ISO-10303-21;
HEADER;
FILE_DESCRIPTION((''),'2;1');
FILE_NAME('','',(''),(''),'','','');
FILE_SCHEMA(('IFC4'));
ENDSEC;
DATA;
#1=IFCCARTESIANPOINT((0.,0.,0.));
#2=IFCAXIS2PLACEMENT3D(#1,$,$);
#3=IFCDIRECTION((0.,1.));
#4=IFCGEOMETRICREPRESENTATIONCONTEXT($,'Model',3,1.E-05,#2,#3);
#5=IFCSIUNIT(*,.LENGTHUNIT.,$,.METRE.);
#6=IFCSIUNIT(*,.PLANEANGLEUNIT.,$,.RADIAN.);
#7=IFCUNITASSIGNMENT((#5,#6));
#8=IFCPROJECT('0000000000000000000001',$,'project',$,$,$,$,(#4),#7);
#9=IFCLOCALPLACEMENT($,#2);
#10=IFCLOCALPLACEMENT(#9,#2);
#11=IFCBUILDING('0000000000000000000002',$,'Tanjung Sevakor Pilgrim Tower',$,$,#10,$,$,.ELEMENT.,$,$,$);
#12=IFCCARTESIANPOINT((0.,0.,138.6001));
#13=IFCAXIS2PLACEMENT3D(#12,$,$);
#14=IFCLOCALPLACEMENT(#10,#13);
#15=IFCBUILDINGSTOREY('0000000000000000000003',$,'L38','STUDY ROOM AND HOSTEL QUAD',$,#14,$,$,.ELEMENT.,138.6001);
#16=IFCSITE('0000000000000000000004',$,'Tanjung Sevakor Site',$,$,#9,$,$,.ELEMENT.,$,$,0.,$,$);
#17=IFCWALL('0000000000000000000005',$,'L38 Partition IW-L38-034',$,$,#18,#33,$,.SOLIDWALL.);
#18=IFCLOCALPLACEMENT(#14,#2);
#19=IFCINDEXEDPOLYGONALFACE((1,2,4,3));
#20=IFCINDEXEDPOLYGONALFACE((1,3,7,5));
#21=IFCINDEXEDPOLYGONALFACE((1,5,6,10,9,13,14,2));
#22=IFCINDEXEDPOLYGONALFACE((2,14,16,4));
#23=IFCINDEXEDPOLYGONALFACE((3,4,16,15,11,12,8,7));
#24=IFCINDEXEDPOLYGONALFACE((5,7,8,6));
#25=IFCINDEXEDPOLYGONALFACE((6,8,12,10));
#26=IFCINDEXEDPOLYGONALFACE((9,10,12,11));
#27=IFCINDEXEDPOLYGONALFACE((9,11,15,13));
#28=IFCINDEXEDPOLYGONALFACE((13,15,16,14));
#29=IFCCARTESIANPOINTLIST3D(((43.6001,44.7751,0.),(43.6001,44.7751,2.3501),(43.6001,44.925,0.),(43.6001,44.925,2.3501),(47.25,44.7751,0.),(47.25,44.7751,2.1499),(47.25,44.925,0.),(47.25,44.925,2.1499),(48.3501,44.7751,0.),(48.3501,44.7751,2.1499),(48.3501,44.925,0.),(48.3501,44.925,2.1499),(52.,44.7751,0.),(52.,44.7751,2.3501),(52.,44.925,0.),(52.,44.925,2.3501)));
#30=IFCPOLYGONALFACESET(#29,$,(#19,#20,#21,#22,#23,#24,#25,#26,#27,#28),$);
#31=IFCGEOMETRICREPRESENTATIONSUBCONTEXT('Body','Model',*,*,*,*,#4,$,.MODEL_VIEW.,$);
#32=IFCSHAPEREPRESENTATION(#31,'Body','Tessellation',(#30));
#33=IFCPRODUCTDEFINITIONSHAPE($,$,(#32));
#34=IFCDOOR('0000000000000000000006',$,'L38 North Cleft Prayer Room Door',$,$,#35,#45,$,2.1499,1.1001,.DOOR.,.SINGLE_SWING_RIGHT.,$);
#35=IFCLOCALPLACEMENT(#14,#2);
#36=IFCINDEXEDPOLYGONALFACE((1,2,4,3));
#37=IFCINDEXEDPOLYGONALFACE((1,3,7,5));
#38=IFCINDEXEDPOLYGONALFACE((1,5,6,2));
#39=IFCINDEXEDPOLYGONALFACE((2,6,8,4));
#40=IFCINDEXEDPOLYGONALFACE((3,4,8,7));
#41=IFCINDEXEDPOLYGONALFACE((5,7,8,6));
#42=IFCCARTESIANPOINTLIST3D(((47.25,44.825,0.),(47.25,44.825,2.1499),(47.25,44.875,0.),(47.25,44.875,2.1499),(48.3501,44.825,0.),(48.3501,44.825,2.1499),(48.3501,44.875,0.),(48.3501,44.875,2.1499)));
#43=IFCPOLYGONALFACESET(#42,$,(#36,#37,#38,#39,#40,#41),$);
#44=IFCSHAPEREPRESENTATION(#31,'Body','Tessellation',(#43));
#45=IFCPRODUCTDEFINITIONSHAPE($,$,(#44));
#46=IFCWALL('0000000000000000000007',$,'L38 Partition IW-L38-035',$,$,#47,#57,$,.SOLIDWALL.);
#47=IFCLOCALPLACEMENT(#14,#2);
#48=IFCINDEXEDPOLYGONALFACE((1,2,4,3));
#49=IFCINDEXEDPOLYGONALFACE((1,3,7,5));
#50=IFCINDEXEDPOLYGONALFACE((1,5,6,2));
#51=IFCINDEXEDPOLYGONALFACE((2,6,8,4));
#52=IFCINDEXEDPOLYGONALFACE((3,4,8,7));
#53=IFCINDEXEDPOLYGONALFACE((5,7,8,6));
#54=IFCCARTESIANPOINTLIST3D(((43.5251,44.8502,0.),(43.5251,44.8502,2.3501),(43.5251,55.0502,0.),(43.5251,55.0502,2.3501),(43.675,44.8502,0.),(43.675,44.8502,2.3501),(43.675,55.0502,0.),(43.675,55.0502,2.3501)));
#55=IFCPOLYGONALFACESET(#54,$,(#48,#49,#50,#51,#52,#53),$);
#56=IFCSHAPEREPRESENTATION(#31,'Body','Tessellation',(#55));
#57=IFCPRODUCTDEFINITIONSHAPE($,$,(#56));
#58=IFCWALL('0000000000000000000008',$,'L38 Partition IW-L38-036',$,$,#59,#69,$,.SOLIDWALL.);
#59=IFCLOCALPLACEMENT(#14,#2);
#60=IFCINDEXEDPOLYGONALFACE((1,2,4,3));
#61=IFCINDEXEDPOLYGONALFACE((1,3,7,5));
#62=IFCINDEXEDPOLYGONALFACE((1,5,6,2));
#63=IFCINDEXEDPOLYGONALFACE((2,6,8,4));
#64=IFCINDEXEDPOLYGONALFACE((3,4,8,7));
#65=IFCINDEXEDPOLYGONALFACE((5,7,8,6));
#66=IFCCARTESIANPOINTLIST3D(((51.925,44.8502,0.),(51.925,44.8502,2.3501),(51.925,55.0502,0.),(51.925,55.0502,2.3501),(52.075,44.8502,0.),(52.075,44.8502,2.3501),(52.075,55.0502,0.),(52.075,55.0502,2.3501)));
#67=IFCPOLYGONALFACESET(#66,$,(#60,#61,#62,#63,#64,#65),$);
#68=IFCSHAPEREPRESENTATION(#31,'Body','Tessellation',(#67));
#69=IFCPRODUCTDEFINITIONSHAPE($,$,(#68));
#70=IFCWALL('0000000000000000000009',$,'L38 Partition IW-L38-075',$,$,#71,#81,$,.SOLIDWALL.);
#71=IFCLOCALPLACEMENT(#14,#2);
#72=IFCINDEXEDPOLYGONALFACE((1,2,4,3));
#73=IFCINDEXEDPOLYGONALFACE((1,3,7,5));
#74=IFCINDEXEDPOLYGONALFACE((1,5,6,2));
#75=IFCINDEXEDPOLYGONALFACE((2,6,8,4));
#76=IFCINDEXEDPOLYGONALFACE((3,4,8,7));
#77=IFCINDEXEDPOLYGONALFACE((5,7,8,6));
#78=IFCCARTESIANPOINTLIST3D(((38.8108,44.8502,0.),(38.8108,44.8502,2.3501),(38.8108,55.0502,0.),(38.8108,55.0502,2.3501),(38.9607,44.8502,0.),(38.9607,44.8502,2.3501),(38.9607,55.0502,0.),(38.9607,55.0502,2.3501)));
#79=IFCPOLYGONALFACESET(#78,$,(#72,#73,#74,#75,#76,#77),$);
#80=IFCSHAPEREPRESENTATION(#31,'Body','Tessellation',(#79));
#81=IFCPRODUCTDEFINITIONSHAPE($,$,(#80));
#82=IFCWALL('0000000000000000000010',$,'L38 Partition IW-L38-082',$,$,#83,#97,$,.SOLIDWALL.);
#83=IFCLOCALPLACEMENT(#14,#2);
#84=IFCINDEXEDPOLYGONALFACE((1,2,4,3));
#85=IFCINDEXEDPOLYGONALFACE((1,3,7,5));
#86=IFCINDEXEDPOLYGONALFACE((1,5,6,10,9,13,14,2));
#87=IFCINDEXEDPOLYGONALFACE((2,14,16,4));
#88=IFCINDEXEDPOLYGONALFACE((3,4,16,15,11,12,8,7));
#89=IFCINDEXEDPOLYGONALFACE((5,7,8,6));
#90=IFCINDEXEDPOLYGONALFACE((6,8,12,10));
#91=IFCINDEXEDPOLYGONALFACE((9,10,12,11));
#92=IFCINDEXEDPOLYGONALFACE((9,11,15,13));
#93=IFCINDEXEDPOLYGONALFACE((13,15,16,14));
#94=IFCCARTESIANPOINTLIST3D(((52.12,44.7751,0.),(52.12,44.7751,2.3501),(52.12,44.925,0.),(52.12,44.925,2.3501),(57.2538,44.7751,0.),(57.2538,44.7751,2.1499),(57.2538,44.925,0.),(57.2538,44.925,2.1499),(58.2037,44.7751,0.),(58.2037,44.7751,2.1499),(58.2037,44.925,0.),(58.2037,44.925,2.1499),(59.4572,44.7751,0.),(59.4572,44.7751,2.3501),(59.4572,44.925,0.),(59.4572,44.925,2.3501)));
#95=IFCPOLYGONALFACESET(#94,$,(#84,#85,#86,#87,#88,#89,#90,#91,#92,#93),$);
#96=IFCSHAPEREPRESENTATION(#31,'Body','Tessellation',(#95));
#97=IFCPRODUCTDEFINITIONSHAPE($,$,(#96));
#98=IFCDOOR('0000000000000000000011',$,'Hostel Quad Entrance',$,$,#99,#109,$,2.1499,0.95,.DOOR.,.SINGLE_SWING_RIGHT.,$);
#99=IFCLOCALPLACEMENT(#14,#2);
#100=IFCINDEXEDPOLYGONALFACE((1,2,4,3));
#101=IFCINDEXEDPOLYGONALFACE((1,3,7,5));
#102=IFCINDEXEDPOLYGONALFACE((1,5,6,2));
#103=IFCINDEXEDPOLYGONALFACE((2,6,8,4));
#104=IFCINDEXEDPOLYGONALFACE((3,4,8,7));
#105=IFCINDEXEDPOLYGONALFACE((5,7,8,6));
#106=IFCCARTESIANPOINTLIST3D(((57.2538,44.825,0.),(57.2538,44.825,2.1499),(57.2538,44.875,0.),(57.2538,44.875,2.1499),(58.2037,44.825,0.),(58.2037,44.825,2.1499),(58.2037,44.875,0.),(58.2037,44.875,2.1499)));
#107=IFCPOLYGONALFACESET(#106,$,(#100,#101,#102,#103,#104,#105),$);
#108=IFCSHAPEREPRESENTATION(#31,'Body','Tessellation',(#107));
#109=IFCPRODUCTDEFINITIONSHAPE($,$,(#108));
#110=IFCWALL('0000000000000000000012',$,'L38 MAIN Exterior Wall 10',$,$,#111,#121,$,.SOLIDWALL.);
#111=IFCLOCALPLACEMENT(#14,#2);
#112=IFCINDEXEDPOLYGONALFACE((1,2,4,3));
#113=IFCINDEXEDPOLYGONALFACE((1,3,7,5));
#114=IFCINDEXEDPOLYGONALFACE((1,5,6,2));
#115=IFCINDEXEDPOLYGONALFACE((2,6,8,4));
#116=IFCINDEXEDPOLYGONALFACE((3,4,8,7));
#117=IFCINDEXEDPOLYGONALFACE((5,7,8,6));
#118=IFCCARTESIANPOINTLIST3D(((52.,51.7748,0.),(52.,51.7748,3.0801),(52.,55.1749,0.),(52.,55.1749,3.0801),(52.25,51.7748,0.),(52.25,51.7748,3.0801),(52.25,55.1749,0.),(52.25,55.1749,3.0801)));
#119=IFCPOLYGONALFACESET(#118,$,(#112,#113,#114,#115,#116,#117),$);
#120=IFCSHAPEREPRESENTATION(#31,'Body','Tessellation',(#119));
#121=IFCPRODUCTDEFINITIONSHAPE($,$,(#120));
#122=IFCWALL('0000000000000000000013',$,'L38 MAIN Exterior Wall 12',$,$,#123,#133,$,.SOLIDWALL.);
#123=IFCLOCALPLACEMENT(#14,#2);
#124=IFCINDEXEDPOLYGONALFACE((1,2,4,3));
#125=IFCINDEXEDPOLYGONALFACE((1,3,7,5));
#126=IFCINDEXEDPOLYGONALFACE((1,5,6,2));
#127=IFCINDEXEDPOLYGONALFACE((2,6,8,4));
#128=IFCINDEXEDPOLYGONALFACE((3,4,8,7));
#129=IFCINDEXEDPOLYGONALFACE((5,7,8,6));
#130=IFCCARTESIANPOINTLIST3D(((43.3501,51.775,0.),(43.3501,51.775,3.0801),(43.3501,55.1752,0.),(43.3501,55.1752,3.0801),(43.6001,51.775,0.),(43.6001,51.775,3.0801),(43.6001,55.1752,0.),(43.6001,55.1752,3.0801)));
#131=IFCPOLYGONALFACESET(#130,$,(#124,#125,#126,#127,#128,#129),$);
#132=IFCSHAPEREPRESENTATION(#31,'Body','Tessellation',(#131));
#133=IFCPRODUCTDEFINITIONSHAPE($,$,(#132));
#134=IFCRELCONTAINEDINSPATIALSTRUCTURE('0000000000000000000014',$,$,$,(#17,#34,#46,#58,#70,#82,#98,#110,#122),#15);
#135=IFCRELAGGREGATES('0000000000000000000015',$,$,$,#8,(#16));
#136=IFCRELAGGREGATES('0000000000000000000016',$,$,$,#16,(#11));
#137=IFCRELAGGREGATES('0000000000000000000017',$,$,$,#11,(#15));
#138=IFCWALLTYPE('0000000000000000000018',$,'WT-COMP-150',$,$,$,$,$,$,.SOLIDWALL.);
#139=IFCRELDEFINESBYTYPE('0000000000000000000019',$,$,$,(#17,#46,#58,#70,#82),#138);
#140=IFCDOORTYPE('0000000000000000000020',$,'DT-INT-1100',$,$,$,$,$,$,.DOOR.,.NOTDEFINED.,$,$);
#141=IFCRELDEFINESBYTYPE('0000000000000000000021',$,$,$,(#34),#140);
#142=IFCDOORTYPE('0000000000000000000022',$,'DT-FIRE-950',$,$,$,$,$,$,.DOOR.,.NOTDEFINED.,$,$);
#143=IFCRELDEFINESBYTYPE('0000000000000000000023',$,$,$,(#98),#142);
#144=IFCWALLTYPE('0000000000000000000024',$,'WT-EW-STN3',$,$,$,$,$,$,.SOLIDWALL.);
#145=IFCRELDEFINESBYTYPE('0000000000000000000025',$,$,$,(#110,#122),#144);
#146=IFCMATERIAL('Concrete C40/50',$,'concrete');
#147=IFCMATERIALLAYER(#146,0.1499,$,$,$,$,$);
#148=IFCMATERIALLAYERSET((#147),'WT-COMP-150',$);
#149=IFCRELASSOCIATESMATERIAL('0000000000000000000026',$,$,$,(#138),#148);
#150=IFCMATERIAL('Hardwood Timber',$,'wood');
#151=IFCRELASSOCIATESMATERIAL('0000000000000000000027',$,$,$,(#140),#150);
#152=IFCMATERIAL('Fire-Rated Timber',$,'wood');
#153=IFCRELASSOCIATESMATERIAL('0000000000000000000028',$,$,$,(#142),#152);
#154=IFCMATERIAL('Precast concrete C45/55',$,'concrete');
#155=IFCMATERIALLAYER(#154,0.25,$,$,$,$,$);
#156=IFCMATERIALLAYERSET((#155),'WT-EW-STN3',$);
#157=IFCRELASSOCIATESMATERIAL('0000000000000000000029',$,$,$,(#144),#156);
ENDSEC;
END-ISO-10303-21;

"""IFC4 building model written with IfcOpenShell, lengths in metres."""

from ifc_helpers import new_model, si_unit, direction, frame, frame_2d, origin, place, context, subcontext, project, spatial, rectangle, extrude, material, layer, layer_set, type_object, element, fill, save


model = new_model("IFC4")

# Units and contexts
model_context = context("Model", 3, precision=1e-05, world=origin(), true_north=direction((0.0, 1.0)))
body_context = subcontext(model_context, "Body", "Model", "MODEL_VIEW")
ifc_project = project(units=[si_unit("LENGTHUNIT", "METRE"), si_unit("PLANEANGLEUNIT", "RADIAN")], contexts=[model_context])

# Site, building, storey
site_placement = place(None, origin())
site = spatial("IfcSite", under=ifc_project, at=site_placement, Name="Tanjung Sevakor Site", CompositionType="ELEMENT", RefElevation=0.0)
building_placement = place(site_placement, origin())
building = spatial("IfcBuilding", under=site, at=building_placement, Name="Tanjung Sevakor Pilgrim Tower", CompositionType="ELEMENT")
storey_placement = place(building_placement, frame((0.0, 0.0, 138.6001)))
storey = spatial("IfcBuildingStorey", under=building, at=storey_placement, Name="L38", Description="STUDY ROOM AND HOSTEL QUAD", CompositionType="ELEMENT", Elevation=138.6001)

# Wall, opening, door
ifc_material_1 = material(Name="Concrete C40/50", Category="concrete")
ifc_layer_1 = layer(ifc_material_1, 0.1499)
ifc_layer_set_1 = layer_set([ifc_layer_1], Name="WT-COMP-150")
wall_type_1 = type_object("IfcWallType", Name="WT-COMP-150", PredefinedType="SOLIDWALL", material=ifc_layer_set_1)
wall_1_placement = place(storey_placement, frame((43.6001, 44.8501, 0.0), z_axis=(0.0, 0.0, 1.0), x_axis=(1.0, 0.0, 0.0)))
wall_1 = element("IfcWall", 1, at=wall_1_placement, inside=storey, type_object=wall_type_1, Name="L38 Partition IW-L38-034", PredefinedType="SOLIDWALL", context=body_context, shape_type="SweptSolid", body=[
    extrude(rectangle(XDim=8.3999, YDim=0.1499, at=frame_2d((4.2, 0.0))), origin(), (0.0, 0.0, 1.0), 2.3501),
])
opening_1_placement = place(wall_1_placement, frame((3.6499, 0.0, 0.0)))
opening_1 = element("IfcOpeningElement", 2, at=opening_1_placement, cuts=wall_1, PredefinedType="OPENING", context=body_context, shape_type="SweptSolid", body=[
    extrude(rectangle(XDim=1.1001, YDim=2.1499, at=frame_2d((0.55, 1.075))), frame((0.0, 0.085, 0.0), z_axis=(0.0, -1.0, 0.0), x_axis=(1.0, 0.0, 0.0)), (0.0, 0.0, 1.0), 0.1699),
])
ifc_material_2 = material(Name="Hardwood Timber", Category="wood")
door_type_1 = type_object("IfcDoorType", Name="DT-INT-1100", OperationType="NOTDEFINED", PredefinedType="DOOR", material=ifc_material_2)
door_1_placement = place(opening_1_placement, origin())
door_1 = element("IfcDoor", 3, at=door_1_placement, inside=storey, type_object=door_type_1, Name="L38 North Cleft Prayer Room Door", OperationType="SINGLE_SWING_RIGHT", OverallHeight=2.1499, OverallWidth=1.1001, PredefinedType="DOOR", context=body_context, shape_type="SweptSolid", body=[
    extrude(rectangle(XDim=1.1001, YDim=2.1499, at=frame_2d((0.55, 1.075))), frame((0.0, 0.0249, 0.0), z_axis=(0.0, -1.0, 0.0), x_axis=(1.0, 0.0, 0.0)), (0.0, 0.0, 1.0), 0.05),
])
fill(opening_1, door_1)

# Walls
for number, where, z_axis, x_axis, name in (
    (4, (43.6001, 44.8501, 0.0), (0.0, 0.0, 1.0), (0.0, 1.0, 0.0), "L38 Partition IW-L38-035"),
    (5, (52.0, 44.8501, 0.0), (0.0, 0.0, 1.0), (0.0, 1.0, 0.0), "L38 Partition IW-L38-036"),
    (6, (38.8857, 44.8501, 0.0), (0.0, 0.0, 1.0), (0.0, 1.0, 0.0), "L38 Partition IW-L38-075"),
):
    element("IfcWall", number, at=place(storey_placement, frame(where, z_axis=z_axis, x_axis=x_axis)), inside=storey, type_object=wall_type_1, Name=name, PredefinedType="SOLIDWALL", context=body_context, shape_type="SweptSolid", body=[
        extrude(rectangle(XDim=10.2, YDim=0.1499, at=frame_2d((5.1001, 0.0))), origin(), (0.0, 0.0, 1.0), 2.3501),
    ])

# Wall, opening, door
ifc_material_3 = material(Name="Fire-Rated Timber", Category="wood")
door_type_2 = type_object("IfcDoorType", Name="DT-FIRE-950", OperationType="NOTDEFINED", PredefinedType="DOOR", material=ifc_material_3)
wall_2_placement = place(storey_placement, frame((52.1201, 44.8501, 0.0), z_axis=(0.0, 0.0, 1.0), x_axis=(1.0, 0.0, 0.0)))
wall_2 = element("IfcWall", 7, at=wall_2_placement, inside=storey, type_object=wall_type_1, Name="L38 Partition IW-L38-082", PredefinedType="SOLIDWALL", context=body_context, shape_type="SweptSolid", body=[
    extrude(rectangle(XDim=7.3372, YDim=0.1499, at=frame_2d((3.6685, 0.0))), origin(), (0.0, 0.0, 1.0), 2.3501),
])
opening_2_placement = place(wall_2_placement, frame((5.1335, 0.0, 0.0)))
opening_2 = element("IfcOpeningElement", 8, at=opening_2_placement, cuts=wall_2, PredefinedType="OPENING", context=body_context, shape_type="SweptSolid", body=[
    extrude(rectangle(XDim=0.95, YDim=2.1499, at=frame_2d((0.4751, 1.075))), frame((0.0, 0.085, 0.0), z_axis=(0.0, -1.0, 0.0), x_axis=(1.0, 0.0, 0.0)), (0.0, 0.0, 1.0), 0.1699),
])
door_2_placement = place(opening_2_placement, origin())
door_2 = element("IfcDoor", 9, at=door_2_placement, inside=storey, type_object=door_type_2, Name="Hostel Quad Entrance", OperationType="SINGLE_SWING_RIGHT", OverallHeight=2.1499, OverallWidth=0.95, PredefinedType="DOOR", context=body_context, shape_type="SweptSolid", body=[
    extrude(rectangle(XDim=0.95, YDim=2.1499, at=frame_2d((0.4751, 1.075))), frame((0.0, 0.0249, 0.0), z_axis=(0.0, -1.0, 0.0), x_axis=(1.0, 0.0, 0.0)), (0.0, 0.0, 1.0), 0.05),
])
fill(opening_2, door_2)

# Walls
ifc_material_4 = material(Name="Precast concrete C45/55", Category="concrete")
ifc_layer_2 = layer(ifc_material_4, 0.25)
ifc_layer_set_2 = layer_set([ifc_layer_2], Name="WT-EW-STN3")
wall_type_2 = type_object("IfcWallType", Name="WT-EW-STN3", PredefinedType="SOLIDWALL", material=ifc_layer_set_2)
for number, where, z_axis, x_axis, name in (
    (10, (52.125, 55.175, 0.0), (0.0, 0.0, 1.0), (0.0, -1.0, 0.0), "L38 MAIN Exterior Wall 10"),
    (11, (43.4751, 51.7749, 0.0), (0.0, 0.0, 1.0), (0.0, 1.0, 0.0), "L38 MAIN Exterior Wall 12"),
):
    element("IfcWall", number, at=place(storey_placement, frame(where, z_axis=z_axis, x_axis=x_axis)), inside=storey, type_object=wall_type_2, Name=name, PredefinedType="SOLIDWALL", context=body_context, shape_type="SweptSolid", body=[
        extrude(rectangle(XDim=3.4001, YDim=0.25, at=frame_2d((1.7002, 0.0))), origin(), (0.0, 0.0, 1.0), 3.0801),
    ])

save(model, "model.ifc")
